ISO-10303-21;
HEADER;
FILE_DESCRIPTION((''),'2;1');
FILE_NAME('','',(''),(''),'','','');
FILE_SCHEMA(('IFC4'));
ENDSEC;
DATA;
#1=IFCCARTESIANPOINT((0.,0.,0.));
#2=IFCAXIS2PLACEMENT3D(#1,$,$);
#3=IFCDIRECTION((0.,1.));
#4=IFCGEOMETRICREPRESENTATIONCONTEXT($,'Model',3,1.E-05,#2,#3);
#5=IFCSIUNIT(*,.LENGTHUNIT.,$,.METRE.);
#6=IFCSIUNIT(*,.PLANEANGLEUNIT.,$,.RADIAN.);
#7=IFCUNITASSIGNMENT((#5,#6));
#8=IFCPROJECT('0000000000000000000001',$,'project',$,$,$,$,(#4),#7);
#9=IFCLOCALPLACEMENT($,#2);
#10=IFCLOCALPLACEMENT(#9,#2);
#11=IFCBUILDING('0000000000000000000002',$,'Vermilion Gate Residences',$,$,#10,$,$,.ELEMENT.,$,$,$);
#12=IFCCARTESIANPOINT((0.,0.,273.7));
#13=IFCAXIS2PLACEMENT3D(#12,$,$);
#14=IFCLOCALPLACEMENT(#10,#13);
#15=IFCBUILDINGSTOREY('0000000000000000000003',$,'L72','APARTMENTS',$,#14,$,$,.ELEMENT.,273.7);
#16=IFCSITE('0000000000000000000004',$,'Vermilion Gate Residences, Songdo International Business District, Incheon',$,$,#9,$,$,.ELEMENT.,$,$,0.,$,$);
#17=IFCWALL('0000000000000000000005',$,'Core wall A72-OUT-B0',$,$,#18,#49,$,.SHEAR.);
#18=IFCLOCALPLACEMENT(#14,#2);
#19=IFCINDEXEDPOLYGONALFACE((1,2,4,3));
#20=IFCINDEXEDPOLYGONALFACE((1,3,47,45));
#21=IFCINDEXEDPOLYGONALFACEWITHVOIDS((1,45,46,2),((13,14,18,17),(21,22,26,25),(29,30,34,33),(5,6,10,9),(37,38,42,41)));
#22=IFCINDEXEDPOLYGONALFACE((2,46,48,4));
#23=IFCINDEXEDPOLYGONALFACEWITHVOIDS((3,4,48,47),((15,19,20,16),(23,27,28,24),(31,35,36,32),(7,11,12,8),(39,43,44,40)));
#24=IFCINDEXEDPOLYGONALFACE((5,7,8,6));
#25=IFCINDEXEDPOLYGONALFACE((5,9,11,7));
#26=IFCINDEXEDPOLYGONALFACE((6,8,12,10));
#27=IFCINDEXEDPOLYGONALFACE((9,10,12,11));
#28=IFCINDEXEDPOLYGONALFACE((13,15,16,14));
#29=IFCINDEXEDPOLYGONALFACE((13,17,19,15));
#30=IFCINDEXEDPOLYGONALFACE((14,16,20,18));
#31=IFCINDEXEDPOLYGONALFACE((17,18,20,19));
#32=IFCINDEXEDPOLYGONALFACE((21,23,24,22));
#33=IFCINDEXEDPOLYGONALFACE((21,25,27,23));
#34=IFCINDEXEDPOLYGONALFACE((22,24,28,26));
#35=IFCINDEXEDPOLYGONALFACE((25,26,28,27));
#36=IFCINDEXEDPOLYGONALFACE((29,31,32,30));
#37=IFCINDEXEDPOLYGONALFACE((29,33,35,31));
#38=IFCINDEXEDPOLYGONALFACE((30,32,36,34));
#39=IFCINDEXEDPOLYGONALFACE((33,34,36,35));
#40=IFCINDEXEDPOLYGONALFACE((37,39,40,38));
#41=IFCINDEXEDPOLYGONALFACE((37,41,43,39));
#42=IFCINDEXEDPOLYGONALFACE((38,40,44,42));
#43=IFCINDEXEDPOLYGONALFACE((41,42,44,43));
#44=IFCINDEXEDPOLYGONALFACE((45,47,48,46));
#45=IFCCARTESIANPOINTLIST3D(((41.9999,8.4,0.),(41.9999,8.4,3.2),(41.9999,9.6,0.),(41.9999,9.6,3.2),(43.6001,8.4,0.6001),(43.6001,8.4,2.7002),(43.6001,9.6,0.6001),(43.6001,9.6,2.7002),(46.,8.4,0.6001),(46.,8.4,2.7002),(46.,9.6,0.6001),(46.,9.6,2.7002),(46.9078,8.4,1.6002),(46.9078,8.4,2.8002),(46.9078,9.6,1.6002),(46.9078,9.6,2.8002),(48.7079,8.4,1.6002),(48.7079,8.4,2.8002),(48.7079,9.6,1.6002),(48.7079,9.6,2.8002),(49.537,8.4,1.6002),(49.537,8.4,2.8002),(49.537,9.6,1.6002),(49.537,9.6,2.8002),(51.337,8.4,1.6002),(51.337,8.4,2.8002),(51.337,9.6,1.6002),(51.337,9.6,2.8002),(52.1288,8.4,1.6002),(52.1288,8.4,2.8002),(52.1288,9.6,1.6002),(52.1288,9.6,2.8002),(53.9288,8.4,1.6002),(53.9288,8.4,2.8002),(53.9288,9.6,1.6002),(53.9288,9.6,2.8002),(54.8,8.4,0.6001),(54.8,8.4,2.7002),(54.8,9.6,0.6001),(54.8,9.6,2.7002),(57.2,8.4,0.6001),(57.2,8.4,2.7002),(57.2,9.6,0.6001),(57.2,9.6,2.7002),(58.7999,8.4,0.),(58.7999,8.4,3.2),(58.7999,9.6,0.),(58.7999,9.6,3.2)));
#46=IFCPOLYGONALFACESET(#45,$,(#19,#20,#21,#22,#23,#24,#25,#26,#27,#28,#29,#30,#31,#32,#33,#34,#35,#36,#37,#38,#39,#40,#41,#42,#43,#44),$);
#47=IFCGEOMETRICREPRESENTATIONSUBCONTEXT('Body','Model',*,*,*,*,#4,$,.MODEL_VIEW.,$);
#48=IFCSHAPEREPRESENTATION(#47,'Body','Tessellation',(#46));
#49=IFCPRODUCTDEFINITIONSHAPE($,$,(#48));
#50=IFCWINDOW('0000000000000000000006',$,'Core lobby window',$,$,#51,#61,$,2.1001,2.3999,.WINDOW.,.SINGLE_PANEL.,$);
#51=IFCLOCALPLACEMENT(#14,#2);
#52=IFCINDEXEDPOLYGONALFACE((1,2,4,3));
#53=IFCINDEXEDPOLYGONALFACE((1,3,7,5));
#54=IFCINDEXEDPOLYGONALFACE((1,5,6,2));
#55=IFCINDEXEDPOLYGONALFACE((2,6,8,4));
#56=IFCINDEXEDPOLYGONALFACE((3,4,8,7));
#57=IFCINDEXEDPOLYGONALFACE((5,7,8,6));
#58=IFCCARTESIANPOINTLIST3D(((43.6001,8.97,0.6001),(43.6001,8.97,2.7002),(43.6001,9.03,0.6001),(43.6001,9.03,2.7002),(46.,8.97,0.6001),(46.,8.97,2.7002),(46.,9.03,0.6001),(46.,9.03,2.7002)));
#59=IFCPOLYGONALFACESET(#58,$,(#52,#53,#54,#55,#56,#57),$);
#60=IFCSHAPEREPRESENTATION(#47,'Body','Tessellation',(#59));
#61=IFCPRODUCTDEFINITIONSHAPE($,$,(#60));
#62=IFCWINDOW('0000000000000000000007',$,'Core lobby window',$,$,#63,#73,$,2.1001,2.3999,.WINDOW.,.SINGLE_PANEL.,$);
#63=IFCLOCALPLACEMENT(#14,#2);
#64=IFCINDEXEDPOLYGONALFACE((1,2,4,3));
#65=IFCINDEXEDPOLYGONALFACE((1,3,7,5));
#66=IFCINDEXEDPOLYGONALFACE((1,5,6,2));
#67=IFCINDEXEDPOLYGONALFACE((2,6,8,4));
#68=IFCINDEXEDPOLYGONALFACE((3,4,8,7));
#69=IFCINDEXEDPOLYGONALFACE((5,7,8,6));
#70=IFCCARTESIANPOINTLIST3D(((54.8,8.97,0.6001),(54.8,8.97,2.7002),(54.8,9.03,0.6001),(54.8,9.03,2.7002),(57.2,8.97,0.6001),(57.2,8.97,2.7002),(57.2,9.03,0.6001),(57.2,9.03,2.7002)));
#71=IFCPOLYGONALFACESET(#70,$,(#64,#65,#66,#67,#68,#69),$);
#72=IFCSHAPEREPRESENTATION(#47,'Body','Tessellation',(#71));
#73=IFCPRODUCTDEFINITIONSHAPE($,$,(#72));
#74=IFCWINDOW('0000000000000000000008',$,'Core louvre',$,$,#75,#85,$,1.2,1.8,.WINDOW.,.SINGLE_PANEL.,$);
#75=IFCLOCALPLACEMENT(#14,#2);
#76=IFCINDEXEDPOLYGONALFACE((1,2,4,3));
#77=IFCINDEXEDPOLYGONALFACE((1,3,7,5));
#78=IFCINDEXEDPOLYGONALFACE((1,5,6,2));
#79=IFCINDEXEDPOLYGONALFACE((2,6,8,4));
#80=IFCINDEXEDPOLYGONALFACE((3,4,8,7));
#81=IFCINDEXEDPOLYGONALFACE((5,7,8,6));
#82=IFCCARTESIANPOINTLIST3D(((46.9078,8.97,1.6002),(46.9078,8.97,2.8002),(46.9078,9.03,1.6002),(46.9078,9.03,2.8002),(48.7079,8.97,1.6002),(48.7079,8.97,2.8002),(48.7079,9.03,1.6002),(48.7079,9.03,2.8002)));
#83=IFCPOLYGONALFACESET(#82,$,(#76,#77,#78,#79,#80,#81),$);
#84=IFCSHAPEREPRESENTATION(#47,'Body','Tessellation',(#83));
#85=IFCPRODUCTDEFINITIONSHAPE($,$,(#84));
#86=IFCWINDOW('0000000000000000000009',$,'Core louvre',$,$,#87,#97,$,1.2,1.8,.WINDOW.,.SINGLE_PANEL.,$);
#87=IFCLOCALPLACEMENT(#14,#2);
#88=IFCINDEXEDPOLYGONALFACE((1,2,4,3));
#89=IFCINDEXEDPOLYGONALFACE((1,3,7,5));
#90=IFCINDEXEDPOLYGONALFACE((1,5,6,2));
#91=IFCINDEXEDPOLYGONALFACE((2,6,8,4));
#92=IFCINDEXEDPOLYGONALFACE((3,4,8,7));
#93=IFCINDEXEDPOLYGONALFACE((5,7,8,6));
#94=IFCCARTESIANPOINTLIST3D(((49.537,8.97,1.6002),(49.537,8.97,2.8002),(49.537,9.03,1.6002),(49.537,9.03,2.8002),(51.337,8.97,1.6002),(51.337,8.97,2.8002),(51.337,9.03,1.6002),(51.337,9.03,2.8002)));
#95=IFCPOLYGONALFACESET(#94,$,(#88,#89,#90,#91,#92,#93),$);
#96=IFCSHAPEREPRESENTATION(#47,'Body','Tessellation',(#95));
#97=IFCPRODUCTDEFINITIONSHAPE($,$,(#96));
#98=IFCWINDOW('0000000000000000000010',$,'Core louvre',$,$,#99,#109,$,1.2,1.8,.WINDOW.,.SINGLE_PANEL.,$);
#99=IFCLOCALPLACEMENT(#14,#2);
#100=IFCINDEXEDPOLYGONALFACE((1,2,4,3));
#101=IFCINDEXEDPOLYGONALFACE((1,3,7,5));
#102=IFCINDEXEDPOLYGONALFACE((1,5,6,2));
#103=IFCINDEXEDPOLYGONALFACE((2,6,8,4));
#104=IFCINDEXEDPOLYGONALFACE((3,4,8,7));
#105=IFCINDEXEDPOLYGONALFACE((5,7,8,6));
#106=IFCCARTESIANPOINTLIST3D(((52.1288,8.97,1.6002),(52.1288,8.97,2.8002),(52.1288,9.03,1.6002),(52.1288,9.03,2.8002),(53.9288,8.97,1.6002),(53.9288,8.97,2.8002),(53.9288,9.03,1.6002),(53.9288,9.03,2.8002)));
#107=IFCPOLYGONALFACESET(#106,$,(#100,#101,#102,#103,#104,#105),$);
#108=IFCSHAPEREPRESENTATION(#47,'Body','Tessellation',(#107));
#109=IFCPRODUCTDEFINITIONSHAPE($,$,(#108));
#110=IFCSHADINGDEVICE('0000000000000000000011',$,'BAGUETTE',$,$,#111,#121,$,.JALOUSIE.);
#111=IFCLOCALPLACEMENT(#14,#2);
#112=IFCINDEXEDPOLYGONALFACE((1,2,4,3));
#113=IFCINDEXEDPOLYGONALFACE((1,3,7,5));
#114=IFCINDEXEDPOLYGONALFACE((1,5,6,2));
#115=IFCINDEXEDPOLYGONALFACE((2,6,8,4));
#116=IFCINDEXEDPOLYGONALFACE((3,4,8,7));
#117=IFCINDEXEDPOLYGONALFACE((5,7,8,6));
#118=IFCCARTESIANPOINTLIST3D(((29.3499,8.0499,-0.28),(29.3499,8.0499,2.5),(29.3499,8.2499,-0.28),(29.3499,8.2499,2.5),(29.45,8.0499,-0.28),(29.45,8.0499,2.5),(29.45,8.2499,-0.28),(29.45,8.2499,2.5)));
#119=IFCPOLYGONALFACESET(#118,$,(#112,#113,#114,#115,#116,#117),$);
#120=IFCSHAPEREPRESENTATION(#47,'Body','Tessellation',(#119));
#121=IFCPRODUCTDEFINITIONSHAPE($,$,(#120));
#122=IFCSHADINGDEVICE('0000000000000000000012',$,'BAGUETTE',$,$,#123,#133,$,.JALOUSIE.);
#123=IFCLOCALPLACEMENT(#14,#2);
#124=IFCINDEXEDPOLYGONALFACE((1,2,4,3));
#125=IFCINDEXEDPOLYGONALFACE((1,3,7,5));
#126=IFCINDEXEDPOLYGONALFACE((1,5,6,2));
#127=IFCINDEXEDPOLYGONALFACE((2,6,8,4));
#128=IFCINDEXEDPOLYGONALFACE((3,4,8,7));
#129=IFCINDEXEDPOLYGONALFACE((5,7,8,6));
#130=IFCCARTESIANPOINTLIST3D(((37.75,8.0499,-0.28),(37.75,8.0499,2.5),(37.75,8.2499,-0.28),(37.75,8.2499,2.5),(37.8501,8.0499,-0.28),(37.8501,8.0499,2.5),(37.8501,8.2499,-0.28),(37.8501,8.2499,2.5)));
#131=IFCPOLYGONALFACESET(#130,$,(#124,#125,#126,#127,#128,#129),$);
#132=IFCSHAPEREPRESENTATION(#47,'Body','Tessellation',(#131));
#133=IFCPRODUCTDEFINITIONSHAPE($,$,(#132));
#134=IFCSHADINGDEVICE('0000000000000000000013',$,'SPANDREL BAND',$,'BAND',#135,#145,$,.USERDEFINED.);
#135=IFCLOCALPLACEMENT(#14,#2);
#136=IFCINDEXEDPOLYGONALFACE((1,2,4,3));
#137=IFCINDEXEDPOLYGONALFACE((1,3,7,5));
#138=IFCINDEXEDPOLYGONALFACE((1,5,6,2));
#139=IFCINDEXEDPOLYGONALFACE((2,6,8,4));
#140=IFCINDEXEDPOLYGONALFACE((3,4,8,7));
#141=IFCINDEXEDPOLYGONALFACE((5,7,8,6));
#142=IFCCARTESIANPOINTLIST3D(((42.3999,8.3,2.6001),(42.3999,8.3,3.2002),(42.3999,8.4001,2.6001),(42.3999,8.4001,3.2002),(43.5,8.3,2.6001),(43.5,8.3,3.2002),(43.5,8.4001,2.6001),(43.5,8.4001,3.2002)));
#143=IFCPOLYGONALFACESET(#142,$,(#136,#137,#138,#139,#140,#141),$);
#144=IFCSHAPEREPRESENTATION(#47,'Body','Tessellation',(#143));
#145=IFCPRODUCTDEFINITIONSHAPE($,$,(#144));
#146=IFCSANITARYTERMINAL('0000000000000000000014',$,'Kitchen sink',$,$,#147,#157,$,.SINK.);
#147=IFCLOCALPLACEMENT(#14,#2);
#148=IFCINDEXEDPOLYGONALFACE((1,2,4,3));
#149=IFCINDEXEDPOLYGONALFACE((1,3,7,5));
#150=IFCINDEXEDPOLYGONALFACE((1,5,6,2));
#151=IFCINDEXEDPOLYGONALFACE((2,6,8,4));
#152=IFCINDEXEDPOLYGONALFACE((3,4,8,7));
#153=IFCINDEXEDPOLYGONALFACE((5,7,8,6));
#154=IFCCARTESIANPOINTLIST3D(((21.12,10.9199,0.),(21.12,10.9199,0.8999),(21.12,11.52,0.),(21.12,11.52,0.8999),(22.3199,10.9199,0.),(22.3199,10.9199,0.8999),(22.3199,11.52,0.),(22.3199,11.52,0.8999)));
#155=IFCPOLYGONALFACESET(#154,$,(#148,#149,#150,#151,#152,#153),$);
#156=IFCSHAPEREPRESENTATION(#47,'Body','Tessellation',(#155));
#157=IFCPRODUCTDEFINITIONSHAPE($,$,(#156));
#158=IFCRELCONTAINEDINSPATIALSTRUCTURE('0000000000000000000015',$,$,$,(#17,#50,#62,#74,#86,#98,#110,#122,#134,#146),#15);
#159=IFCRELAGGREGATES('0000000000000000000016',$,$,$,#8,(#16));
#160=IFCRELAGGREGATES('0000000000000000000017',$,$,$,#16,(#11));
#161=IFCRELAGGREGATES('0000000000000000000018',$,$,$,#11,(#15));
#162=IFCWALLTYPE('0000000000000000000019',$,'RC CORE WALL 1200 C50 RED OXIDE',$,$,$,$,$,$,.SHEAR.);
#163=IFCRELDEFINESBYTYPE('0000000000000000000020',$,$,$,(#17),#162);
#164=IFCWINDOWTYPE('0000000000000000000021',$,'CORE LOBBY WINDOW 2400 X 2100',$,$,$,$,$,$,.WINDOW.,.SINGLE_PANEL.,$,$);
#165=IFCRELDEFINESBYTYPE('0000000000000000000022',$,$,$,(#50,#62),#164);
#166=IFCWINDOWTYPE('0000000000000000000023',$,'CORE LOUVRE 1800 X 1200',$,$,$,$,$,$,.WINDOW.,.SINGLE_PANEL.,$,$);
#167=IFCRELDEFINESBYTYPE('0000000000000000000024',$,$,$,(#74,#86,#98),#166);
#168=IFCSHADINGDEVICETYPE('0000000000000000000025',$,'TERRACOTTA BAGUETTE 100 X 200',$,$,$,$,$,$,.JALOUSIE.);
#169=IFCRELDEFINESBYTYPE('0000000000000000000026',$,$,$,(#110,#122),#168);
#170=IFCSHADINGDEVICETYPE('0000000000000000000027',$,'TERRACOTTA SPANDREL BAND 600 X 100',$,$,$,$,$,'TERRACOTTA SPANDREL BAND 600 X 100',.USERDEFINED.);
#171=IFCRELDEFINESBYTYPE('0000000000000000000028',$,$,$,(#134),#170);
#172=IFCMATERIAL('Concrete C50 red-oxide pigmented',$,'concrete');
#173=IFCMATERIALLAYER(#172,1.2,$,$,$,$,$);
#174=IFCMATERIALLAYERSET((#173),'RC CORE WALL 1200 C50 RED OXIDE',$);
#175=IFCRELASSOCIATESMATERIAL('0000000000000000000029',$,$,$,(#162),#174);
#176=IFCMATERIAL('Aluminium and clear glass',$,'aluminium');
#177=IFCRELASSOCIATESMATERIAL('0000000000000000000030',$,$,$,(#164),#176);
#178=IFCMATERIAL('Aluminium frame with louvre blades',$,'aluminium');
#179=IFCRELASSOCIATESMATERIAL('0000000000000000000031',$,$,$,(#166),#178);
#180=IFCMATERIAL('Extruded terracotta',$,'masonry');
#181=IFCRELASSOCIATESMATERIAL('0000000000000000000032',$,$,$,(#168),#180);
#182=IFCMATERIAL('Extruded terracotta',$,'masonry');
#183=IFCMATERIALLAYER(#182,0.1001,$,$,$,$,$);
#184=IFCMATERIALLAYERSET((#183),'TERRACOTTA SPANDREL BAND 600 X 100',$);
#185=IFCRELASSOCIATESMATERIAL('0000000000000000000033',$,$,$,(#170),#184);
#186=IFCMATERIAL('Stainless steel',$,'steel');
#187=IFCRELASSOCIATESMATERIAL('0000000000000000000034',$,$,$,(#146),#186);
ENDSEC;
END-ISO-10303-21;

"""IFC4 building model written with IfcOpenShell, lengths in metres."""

from ifc_helpers import new_model, si_unit, direction, frame, frame_2d, origin, origin_2d, place, context, subcontext, project, spatial, rectangle, extrude, material, layer, layer_set, material_profile, profile_set, type_object, element, fill, save


model = new_model("IFC4")

# Units and contexts
model_context = context("Model", 3, precision=1e-05, world=origin(), true_north=direction((0.0, 1.0)))
body_context = subcontext(model_context, "Body", "Model", "MODEL_VIEW")
ifc_project = project(units=[si_unit("LENGTHUNIT", "METRE"), si_unit("PLANEANGLEUNIT", "RADIAN")], contexts=[model_context])

# Site, building, storey
site_placement = place(None, origin())
site = spatial("IfcSite", under=ifc_project, at=site_placement, Name="Vermilion Gate Residences, Songdo International Business District, Incheon", CompositionType="ELEMENT", RefElevation=0.0)
building_placement = place(site_placement, origin())
building = spatial("IfcBuilding", under=site, at=building_placement, Name="Vermilion Gate Residences", CompositionType="ELEMENT")
storey_placement = place(building_placement, frame((0.0, 0.0, 273.7)))
storey = spatial("IfcBuildingStorey", under=building, at=storey_placement, Name="L72", Description="APARTMENTS", CompositionType="ELEMENT", Elevation=273.7)

# Wall, openings, windows
ifc_material_1 = material(Name="Concrete C50 red-oxide pigmented", Category="concrete")
ifc_layer_1 = layer(ifc_material_1, 1.2)
ifc_layer_set_1 = layer_set([ifc_layer_1], Name="RC CORE WALL 1200 C50 RED OXIDE")
wall_type_1 = type_object("IfcWallType", Name="RC CORE WALL 1200 C50 RED OXIDE", PredefinedType="SHEAR", material=ifc_layer_set_1)
wall_1_placement = place(storey_placement, frame((42.0, 9.0, 0.0), z_axis=(0.0, 0.0, 1.0), x_axis=(1.0, 0.0, 0.0)))
wall_1 = element("IfcWall", 1, at=wall_1_placement, inside=storey, type_object=wall_type_1, Name="Core wall A72-OUT-B0", PredefinedType="SHEAR", context=body_context, shape_type="SweptSolid", body=[
    extrude(rectangle(XDim=16.8, YDim=1.2, at=frame_2d((8.3999, 0.0))), origin(), (0.0, 0.0, 1.0), 3.2),
])
opening_1_placement = place(wall_1_placement, frame((1.6001, 0.0, 0.6001)))
opening_1 = element("IfcOpeningElement", 2, at=opening_1_placement, cuts=wall_1, PredefinedType="OPENING", context=body_context, shape_type="SweptSolid", body=[
    extrude(rectangle(XDim=2.3999, YDim=2.1001, at=frame_2d((1.2, 1.05))), frame((0.0, 0.6099, 0.0), z_axis=(0.0, -1.0, 0.0), x_axis=(1.0, 0.0, 0.0)), (0.0, 0.0, 1.0), 1.22),
])
opening_2_placement = place(wall_1_placement, frame((4.908, 0.0, 1.6001)))
opening_2 = element("IfcOpeningElement", 3, at=opening_2_placement, cuts=wall_1, PredefinedType="OPENING", context=body_context, shape_type="SweptSolid", body=[
    extrude(rectangle(XDim=1.8, YDim=1.2, at=frame_2d((0.8999, 0.6001))), frame((0.0, 0.6099, 0.0), z_axis=(0.0, -1.0, 0.0), x_axis=(1.0, 0.0, 0.0)), (0.0, 0.0, 1.0), 1.22),
])
opening_3_placement = place(wall_1_placement, frame((7.5371, 0.0, 1.6001)))
opening_3 = element("IfcOpeningElement", 4, at=opening_3_placement, cuts=wall_1, PredefinedType="OPENING", context=body_context, shape_type="SweptSolid", body=[
    extrude(rectangle(XDim=1.8, YDim=1.2, at=frame_2d((0.8999, 0.6001))), frame((0.0, 0.6099, 0.0), z_axis=(0.0, -1.0, 0.0), x_axis=(1.0, 0.0, 0.0)), (0.0, 0.0, 1.0), 1.22),
])
opening_4_placement = place(wall_1_placement, frame((10.1289, 0.0, 1.6001)))
opening_4 = element("IfcOpeningElement", 5, at=opening_4_placement, cuts=wall_1, PredefinedType="OPENING", context=body_context, shape_type="SweptSolid", body=[
    extrude(rectangle(XDim=1.8, YDim=1.2, at=frame_2d((0.8999, 0.6001))), frame((0.0, 0.6099, 0.0), z_axis=(0.0, -1.0, 0.0), x_axis=(1.0, 0.0, 0.0)), (0.0, 0.0, 1.0), 1.22),
])
opening_5_placement = place(wall_1_placement, frame((12.8, 0.0, 0.6001)))
opening_5 = element("IfcOpeningElement", 6, at=opening_5_placement, cuts=wall_1, PredefinedType="OPENING", context=body_context, shape_type="SweptSolid", body=[
    extrude(rectangle(XDim=2.3999, YDim=2.1001, at=frame_2d((1.2, 1.05))), frame((0.0, 0.6099, 0.0), z_axis=(0.0, -1.0, 0.0), x_axis=(1.0, 0.0, 0.0)), (0.0, 0.0, 1.0), 1.22),
])
ifc_material_2 = material(Name="Aluminium and clear glass", Category="aluminium")
window_type_1 = type_object("IfcWindowType", Name="CORE LOBBY WINDOW 2400 X 2100", PartitioningType="SINGLE_PANEL", PredefinedType="WINDOW", material=ifc_material_2)
window_1_placement = place(opening_1_placement, origin())
window_1 = element("IfcWindow", 7, at=window_1_placement, inside=storey, type_object=window_type_1, Name="Core lobby window", OverallHeight=2.1001, OverallWidth=2.3999, PartitioningType="SINGLE_PANEL", PredefinedType="WINDOW", context=body_context, shape_type="SweptSolid", body=[
    extrude(rectangle(XDim=2.3999, YDim=2.1001, at=frame_2d((1.2, 1.05))), frame((0.0, 0.03, 0.0), z_axis=(0.0, -1.0, 0.0), x_axis=(1.0, 0.0, 0.0)), (0.0, 0.0, 1.0), 0.0601),
])
fill(opening_1, window_1)
window_2_placement = place(opening_5_placement, origin())
window_2 = element("IfcWindow", 8, at=window_2_placement, inside=storey, type_object=window_type_1, Name="Core lobby window", OverallHeight=2.1001, OverallWidth=2.3999, PartitioningType="SINGLE_PANEL", PredefinedType="WINDOW", context=body_context, shape_type="SweptSolid", body=[
    extrude(rectangle(XDim=2.3999, YDim=2.1001, at=frame_2d((1.2, 1.05))), frame((0.0, 0.03, 0.0), z_axis=(0.0, -1.0, 0.0), x_axis=(1.0, 0.0, 0.0)), (0.0, 0.0, 1.0), 0.0601),
])
fill(opening_5, window_2)
ifc_material_3 = material(Name="Aluminium frame with louvre blades", Category="aluminium")
window_type_2 = type_object("IfcWindowType", Name="CORE LOUVRE 1800 X 1200", PartitioningType="SINGLE_PANEL", PredefinedType="WINDOW", material=ifc_material_3)
window_3_placement = place(opening_2_placement, origin())
window_3 = element("IfcWindow", 9, at=window_3_placement, inside=storey, type_object=window_type_2, Name="Core louvre", OverallHeight=1.2, OverallWidth=1.8, PartitioningType="SINGLE_PANEL", PredefinedType="WINDOW", context=body_context, shape_type="SweptSolid", body=[
    extrude(rectangle(XDim=1.8, YDim=1.2, at=frame_2d((0.8999, 0.6001))), frame((0.0, 0.03, 0.0), z_axis=(0.0, -1.0, 0.0), x_axis=(1.0, 0.0, 0.0)), (0.0, 0.0, 1.0), 0.0601),
])
fill(opening_2, window_3)
window_4_placement = place(opening_3_placement, origin())
window_4 = element("IfcWindow", 10, at=window_4_placement, inside=storey, type_object=window_type_2, Name="Core louvre", OverallHeight=1.2, OverallWidth=1.8, PartitioningType="SINGLE_PANEL", PredefinedType="WINDOW", context=body_context, shape_type="SweptSolid", body=[
    extrude(rectangle(XDim=1.8, YDim=1.2, at=frame_2d((0.8999, 0.6001))), frame((0.0, 0.03, 0.0), z_axis=(0.0, -1.0, 0.0), x_axis=(1.0, 0.0, 0.0)), (0.0, 0.0, 1.0), 0.0601),
])
fill(opening_3, window_4)
window_5_placement = place(opening_4_placement, origin())
window_5 = element("IfcWindow", 11, at=window_5_placement, inside=storey, type_object=window_type_2, Name="Core louvre", OverallHeight=1.2, OverallWidth=1.8, PartitioningType="SINGLE_PANEL", PredefinedType="WINDOW", context=body_context, shape_type="SweptSolid", body=[
    extrude(rectangle(XDim=1.8, YDim=1.2, at=frame_2d((0.8999, 0.6001))), frame((0.0, 0.03, 0.0), z_axis=(0.0, -1.0, 0.0), x_axis=(1.0, 0.0, 0.0)), (0.0, 0.0, 1.0), 0.0601),
])
fill(opening_4, window_5)

# Shading devices
ifc_material_4 = material(Name="Extruded terracotta", Category="masonry")
ifc_material_profile_1 = material_profile(ifc_material_4, rectangle(XDim=0.2, YDim=0.1001, at=origin_2d()), Name="BAGUETTE 100 X 200")
ifc_profile_set_1 = profile_set([ifc_material_profile_1], Name="Extruded terracotta")
shading_device_type_1 = type_object("IfcShadingDeviceType", Name="TERRACOTTA BAGUETTE 100 X 200", PredefinedType="JALOUSIE", material=ifc_profile_set_1)
for number, where, z_axis, x_axis, name in (
    (12, (29.3999, 8.1499, -0.28), (0.0, 0.0, 1.0), (0.0, 1.0, 0.0), "BAGUETTE"),
    (13, (37.8, 8.1499, -0.28), (0.0, 0.0, 1.0), (0.0, 1.0, 0.0), "BAGUETTE"),
):
    element("IfcShadingDevice", number, at=place(storey_placement, frame(where, z_axis=z_axis, x_axis=x_axis)), inside=storey, type_object=shading_device_type_1, Name=name, PredefinedType="JALOUSIE", context=body_context, shape_type="SweptSolid", body=[
        extrude(rectangle(XDim=0.2, YDim=0.1001, at=origin_2d()), origin(), (0.0, 0.0, 1.0), 2.78),
    ])
ifc_material_5 = material(Name="Extruded terracotta", Category="masonry")
ifc_layer_2 = layer(ifc_material_5, 0.1001)
ifc_layer_set_2 = layer_set([ifc_layer_2], Name="TERRACOTTA SPANDREL BAND 600 X 100")
shading_device_type_2 = type_object("IfcShadingDeviceType", Name="TERRACOTTA SPANDREL BAND 600 X 100", ElementType="TERRACOTTA SPANDREL BAND 600 X 100", PredefinedType="USERDEFINED", material=ifc_layer_set_2)
shading_device_placement = place(storey_placement, frame((42.95, 8.3501, 2.6001), z_axis=(0.0, 0.0, 1.0), x_axis=(1.0, 0.0, 0.0)))
element("IfcShadingDevice", 14, at=shading_device_placement, inside=storey, type_object=shading_device_type_2, Name="SPANDREL BAND", ObjectType="BAND", PredefinedType="USERDEFINED", context=body_context, shape_type="SweptSolid", body=[
    extrude(rectangle(XDim=1.1001, YDim=0.1001, at=origin_2d()), origin(), (0.0, 0.0, 1.0), 0.6001),
])

# Sanitary terminal
ifc_material_6 = material(Name="Stainless steel", Category="steel")
sanitary_terminal_placement = place(storey_placement, frame((21.72, 11.22, 0.0), z_axis=(0.0, 0.0, 1.0), x_axis=(1.0, 0.0, 0.0)))
element("IfcSanitaryTerminal", 15, at=sanitary_terminal_placement, inside=storey, material=ifc_material_6, Name="Kitchen sink", PredefinedType="SINK", context=body_context, shape_type="SweptSolid", body=[
    extrude(rectangle(XDim=1.2, YDim=0.6001, at=origin_2d()), origin(), (0.0, 0.0, 1.0), 0.8999),
])

save(model, "model.ifc")
